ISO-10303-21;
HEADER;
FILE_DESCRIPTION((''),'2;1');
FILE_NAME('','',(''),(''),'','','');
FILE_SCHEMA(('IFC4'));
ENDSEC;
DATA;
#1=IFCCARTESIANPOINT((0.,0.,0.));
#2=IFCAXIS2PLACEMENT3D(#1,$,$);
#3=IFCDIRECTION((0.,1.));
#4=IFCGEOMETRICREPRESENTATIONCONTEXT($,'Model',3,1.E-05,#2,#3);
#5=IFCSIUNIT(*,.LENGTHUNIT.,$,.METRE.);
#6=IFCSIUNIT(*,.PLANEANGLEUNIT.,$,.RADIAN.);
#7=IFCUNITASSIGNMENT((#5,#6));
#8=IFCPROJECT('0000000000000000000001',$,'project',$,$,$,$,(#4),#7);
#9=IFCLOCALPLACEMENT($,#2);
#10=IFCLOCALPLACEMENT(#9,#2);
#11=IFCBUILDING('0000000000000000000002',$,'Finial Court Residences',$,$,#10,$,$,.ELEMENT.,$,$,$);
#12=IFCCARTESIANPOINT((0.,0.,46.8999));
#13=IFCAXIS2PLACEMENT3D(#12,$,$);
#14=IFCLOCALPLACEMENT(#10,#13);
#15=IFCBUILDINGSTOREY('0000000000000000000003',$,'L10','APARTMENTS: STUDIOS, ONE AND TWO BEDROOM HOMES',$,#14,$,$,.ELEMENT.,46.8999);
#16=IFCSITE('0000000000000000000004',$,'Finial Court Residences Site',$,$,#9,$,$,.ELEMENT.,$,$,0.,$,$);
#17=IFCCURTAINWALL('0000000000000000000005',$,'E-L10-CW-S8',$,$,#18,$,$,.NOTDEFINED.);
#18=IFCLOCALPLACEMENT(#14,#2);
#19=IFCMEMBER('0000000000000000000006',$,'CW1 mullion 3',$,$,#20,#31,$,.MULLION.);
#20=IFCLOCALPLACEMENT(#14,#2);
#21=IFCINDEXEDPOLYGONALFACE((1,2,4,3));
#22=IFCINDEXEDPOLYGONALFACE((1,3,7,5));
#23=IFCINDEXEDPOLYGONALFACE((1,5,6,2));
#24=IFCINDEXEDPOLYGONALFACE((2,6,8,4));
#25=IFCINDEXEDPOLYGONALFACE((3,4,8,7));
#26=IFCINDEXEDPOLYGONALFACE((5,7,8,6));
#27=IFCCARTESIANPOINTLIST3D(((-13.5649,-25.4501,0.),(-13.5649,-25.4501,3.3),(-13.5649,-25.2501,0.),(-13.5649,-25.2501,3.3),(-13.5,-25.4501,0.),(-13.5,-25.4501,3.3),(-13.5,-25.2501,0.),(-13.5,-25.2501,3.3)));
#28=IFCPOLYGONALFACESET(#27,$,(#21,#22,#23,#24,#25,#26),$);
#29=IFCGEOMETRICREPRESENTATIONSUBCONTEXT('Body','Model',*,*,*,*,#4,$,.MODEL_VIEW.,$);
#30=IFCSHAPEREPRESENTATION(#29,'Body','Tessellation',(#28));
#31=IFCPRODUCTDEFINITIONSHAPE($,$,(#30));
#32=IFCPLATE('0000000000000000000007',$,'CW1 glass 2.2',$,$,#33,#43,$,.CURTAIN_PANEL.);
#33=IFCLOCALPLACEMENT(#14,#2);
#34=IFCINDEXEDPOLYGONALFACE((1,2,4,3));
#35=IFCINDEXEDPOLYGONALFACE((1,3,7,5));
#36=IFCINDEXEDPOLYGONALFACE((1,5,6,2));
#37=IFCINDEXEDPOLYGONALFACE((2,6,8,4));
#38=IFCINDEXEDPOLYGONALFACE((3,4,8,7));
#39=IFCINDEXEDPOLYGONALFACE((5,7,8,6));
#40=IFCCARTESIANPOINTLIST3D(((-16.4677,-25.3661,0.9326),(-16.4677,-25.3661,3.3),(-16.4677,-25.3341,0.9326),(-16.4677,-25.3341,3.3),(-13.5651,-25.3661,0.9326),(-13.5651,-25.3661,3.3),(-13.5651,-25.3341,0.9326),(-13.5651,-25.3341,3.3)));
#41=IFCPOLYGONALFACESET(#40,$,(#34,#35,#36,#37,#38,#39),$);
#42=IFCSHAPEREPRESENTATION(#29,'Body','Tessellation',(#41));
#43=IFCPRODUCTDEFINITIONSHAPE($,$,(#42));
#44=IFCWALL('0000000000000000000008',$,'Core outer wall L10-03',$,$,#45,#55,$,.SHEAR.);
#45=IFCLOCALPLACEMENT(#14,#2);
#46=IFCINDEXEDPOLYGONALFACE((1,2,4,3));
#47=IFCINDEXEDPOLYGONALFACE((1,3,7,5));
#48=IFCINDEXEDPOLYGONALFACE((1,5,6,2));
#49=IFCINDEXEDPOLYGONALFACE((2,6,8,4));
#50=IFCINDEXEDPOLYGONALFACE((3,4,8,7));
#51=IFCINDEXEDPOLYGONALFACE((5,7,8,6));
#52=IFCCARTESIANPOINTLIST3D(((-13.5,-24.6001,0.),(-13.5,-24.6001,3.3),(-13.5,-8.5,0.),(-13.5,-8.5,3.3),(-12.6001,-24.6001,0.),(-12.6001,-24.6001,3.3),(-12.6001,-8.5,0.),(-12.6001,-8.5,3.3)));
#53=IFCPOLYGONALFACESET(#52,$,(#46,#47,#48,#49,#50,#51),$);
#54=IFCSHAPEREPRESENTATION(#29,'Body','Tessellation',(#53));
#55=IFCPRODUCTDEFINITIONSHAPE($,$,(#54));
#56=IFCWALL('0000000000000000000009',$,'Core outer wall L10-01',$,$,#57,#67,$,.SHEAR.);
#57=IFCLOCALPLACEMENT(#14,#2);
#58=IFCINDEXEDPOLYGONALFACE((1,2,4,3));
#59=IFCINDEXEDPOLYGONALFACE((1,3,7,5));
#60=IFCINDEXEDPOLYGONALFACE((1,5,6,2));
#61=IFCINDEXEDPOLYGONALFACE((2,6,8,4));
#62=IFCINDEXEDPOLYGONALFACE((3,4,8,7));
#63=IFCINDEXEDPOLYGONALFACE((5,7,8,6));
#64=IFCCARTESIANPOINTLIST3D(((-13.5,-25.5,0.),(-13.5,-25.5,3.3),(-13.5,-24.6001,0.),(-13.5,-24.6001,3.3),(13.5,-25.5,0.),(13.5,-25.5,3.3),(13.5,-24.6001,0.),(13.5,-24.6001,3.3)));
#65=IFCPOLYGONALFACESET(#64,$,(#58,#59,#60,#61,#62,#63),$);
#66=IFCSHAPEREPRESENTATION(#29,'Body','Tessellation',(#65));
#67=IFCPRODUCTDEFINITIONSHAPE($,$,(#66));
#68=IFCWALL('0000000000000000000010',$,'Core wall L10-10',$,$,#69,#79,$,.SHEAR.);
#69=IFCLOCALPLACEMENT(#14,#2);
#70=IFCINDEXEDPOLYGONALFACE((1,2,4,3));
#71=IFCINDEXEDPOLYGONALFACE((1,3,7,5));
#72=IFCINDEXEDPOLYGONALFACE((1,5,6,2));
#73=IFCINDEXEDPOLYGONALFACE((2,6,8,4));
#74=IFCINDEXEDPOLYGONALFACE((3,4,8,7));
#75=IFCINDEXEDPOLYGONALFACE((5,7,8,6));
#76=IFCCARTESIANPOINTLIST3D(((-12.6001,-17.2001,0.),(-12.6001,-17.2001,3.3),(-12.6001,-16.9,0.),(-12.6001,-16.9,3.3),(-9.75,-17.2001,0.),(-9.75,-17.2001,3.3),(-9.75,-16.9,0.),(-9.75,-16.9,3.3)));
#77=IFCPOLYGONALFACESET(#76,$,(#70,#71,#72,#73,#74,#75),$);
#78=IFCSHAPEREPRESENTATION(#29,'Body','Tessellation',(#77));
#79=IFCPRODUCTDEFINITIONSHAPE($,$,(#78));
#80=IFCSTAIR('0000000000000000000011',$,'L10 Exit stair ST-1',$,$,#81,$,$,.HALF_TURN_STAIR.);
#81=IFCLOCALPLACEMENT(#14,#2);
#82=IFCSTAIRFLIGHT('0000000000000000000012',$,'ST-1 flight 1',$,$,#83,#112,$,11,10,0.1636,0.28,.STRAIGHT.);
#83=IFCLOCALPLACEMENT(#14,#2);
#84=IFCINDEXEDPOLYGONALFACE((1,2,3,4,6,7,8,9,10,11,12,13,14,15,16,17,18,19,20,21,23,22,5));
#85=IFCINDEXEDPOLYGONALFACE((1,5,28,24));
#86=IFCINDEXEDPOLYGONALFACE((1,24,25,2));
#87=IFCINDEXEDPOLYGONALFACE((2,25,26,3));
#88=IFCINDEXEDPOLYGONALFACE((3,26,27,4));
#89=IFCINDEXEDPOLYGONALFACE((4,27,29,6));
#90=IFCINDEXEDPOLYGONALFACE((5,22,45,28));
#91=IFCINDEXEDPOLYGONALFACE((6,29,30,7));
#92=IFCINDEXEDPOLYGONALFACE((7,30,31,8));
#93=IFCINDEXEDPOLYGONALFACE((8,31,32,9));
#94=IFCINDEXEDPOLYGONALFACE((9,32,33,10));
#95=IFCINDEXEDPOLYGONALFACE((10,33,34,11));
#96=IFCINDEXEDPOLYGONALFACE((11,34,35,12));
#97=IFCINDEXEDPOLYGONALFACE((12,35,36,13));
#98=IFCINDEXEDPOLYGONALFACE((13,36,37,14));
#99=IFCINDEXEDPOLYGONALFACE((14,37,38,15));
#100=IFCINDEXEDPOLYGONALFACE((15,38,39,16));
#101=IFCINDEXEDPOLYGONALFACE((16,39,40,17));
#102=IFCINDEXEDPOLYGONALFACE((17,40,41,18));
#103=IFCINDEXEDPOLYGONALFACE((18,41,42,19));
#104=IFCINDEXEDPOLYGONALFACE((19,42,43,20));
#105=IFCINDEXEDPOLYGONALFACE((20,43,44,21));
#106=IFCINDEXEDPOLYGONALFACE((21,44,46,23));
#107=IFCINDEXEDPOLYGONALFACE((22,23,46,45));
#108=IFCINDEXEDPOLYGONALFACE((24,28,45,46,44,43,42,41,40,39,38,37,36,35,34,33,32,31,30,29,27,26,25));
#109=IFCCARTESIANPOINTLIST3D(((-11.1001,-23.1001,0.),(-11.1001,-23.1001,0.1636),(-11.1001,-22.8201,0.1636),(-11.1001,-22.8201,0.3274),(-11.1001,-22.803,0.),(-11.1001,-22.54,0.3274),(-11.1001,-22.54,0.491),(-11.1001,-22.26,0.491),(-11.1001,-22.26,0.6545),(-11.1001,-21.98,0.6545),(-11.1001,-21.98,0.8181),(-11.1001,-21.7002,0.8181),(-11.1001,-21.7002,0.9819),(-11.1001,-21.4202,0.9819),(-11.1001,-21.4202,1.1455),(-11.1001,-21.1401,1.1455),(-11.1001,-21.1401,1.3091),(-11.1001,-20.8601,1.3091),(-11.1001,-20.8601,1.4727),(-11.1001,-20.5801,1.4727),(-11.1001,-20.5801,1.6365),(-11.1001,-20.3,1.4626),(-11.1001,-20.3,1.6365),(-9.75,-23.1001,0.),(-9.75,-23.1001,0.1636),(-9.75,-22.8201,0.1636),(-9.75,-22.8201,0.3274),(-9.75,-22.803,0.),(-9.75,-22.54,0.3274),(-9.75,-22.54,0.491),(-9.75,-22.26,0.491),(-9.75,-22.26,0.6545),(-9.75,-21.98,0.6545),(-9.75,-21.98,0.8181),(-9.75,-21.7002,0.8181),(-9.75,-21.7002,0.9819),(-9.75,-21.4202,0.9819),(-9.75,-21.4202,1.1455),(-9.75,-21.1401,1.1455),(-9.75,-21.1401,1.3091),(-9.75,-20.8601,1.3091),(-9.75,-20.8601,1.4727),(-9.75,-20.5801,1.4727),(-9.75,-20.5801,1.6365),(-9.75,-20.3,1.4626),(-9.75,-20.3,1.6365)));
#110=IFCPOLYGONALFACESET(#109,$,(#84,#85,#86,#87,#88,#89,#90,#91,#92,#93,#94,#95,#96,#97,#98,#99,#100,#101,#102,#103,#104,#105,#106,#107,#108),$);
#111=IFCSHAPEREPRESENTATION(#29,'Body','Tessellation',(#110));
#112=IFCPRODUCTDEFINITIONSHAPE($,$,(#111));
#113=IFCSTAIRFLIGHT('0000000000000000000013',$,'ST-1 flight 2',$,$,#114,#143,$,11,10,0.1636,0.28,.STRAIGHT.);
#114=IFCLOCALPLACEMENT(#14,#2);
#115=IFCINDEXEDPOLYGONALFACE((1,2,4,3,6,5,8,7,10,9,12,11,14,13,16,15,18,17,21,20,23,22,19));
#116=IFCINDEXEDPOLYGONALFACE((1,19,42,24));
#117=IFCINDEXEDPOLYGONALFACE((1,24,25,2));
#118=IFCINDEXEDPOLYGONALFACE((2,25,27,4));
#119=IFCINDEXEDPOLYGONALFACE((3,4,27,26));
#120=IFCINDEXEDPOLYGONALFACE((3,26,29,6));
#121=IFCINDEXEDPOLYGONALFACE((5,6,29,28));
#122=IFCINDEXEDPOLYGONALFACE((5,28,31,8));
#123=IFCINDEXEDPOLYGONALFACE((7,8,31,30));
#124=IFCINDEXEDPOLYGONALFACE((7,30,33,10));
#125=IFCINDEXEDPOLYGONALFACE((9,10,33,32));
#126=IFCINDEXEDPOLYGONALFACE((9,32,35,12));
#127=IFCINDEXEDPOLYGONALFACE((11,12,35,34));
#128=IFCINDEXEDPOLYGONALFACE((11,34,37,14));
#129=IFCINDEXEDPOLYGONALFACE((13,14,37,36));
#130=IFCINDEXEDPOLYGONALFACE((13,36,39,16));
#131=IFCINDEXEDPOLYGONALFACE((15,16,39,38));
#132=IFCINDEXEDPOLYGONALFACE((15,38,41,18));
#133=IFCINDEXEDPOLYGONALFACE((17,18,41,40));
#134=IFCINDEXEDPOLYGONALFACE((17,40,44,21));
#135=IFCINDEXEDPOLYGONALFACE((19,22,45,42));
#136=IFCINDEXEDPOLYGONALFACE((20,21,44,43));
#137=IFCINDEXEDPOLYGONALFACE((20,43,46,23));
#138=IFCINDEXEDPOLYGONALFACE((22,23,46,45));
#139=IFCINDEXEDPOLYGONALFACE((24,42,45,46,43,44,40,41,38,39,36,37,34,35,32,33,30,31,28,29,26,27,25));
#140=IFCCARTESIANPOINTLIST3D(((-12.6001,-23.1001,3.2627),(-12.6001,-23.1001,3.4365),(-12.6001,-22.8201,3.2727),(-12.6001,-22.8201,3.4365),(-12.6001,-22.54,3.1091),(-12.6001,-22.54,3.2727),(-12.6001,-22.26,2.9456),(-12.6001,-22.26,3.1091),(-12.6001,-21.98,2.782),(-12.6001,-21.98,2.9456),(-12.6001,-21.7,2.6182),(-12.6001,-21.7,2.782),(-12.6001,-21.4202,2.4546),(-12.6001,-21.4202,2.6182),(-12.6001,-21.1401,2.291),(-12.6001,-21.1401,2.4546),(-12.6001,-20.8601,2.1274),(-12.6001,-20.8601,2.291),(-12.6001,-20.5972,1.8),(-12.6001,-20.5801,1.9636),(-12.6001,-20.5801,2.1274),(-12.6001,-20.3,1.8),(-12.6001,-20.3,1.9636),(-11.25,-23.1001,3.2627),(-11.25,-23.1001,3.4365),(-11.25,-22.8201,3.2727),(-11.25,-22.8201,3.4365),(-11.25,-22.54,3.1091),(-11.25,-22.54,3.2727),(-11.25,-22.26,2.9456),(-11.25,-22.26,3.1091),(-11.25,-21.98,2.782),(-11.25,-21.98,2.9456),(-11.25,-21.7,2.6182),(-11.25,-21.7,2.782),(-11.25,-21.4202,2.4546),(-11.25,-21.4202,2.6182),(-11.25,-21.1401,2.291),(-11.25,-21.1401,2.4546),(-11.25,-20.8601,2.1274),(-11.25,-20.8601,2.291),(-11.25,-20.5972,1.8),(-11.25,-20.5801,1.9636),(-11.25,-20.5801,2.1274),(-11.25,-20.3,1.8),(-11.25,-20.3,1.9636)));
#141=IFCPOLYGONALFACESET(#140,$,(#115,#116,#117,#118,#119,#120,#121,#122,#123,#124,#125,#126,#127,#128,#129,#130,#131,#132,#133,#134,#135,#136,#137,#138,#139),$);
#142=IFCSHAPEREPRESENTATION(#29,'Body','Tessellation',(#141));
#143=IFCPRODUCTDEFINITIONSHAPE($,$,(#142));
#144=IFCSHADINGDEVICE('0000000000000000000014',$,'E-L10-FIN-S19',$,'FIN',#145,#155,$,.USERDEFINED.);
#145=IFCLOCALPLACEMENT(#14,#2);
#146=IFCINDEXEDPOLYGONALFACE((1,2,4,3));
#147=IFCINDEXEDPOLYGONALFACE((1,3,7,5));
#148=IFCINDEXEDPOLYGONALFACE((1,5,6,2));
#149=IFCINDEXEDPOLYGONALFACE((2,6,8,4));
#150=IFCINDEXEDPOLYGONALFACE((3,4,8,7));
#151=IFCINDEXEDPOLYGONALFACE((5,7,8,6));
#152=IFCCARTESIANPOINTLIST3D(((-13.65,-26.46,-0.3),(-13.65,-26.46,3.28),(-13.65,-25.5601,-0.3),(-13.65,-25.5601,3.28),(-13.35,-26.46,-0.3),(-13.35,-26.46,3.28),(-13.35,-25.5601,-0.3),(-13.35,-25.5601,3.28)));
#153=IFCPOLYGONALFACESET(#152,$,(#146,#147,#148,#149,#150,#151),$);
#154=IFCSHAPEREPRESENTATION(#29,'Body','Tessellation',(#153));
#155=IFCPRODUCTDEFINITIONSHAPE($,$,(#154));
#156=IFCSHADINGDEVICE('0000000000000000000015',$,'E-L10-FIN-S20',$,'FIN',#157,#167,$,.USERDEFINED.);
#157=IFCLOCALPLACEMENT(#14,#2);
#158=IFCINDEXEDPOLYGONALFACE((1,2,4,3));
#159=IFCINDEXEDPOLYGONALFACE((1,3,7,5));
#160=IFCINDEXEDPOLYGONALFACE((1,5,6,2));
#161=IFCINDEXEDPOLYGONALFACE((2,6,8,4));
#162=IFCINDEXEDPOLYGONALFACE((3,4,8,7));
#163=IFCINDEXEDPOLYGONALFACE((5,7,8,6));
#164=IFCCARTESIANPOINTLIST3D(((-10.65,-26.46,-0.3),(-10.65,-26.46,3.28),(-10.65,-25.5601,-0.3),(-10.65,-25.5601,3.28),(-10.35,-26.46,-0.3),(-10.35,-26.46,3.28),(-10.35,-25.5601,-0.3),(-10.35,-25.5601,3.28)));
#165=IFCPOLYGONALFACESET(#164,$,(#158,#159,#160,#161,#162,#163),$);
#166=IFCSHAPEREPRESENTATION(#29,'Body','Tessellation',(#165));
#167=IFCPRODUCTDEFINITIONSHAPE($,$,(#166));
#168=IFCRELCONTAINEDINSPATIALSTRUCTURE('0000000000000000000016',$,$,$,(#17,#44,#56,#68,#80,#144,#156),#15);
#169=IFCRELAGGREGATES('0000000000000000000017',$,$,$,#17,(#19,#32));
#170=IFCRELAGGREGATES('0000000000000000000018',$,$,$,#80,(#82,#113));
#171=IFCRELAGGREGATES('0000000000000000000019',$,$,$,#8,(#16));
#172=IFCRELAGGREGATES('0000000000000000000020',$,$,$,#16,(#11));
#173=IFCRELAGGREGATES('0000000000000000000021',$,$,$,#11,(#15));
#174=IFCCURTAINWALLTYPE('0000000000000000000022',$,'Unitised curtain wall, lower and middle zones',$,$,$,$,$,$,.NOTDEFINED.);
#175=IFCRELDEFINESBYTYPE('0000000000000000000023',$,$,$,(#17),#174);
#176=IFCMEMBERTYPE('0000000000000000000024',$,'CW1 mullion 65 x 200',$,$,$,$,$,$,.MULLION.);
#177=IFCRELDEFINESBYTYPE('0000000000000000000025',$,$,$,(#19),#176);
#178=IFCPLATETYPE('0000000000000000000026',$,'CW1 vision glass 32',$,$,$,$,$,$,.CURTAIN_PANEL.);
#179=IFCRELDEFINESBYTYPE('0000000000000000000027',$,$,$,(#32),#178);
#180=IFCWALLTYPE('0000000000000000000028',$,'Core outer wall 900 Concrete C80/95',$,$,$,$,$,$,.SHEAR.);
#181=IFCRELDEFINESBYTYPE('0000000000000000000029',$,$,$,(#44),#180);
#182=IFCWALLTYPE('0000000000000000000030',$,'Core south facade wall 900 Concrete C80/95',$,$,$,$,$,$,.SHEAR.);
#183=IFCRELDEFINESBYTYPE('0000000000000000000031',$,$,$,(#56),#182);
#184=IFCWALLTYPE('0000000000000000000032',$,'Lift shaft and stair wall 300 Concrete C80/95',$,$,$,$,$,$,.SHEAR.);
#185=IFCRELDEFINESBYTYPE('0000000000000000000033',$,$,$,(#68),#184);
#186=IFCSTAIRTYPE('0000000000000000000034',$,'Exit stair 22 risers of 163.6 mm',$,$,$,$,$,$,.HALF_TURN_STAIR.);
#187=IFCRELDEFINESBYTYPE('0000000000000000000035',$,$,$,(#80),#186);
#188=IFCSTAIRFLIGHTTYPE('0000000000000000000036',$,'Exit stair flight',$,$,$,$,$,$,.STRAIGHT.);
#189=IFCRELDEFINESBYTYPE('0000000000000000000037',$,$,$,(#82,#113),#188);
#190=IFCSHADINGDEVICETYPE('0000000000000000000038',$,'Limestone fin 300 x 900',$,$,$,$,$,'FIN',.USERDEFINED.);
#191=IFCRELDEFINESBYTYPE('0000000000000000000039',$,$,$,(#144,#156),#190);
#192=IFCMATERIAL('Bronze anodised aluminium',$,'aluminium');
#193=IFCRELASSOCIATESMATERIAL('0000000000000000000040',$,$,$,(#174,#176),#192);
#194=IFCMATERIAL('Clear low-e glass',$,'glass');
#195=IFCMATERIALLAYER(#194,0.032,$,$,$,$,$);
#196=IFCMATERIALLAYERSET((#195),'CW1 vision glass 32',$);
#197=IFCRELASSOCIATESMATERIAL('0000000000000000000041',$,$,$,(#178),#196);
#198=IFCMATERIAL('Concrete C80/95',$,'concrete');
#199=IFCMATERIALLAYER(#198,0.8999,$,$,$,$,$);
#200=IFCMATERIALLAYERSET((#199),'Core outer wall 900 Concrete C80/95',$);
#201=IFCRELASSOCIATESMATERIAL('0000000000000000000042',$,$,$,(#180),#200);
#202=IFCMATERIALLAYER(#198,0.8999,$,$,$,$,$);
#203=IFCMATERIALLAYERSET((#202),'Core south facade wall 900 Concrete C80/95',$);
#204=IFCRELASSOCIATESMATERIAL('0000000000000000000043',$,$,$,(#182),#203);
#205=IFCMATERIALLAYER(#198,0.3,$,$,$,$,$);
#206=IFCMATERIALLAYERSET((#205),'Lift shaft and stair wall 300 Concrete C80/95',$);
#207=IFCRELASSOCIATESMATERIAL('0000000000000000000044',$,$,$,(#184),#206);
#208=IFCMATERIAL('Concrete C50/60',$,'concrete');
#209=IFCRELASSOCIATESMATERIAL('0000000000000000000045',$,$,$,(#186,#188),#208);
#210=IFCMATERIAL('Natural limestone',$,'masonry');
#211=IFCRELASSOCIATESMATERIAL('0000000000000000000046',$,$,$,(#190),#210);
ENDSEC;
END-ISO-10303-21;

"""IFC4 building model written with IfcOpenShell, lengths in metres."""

from ifc_helpers import new_model, si_unit, direction, frame, frame_2d, origin, origin_2d, place, context, subcontext, project, spatial, polyline, rectangle, outline, extrude, material, layer, layer_set, material_profile, profile_set, type_object, element, aggregate, save


model = new_model("IFC4")

# Units and contexts
model_context = context("Model", 3, precision=1e-05, world=origin(), true_north=direction((0.0, 1.0)))
body_context = subcontext(model_context, "Body", "Model", "MODEL_VIEW")
ifc_project = project(units=[si_unit("LENGTHUNIT", "METRE"), si_unit("PLANEANGLEUNIT", "RADIAN")], contexts=[model_context])

# Site, building, storey
site_placement = place(None, origin())
site = spatial("IfcSite", under=ifc_project, at=site_placement, Name="Finial Court Residences Site", CompositionType="ELEMENT", RefElevation=0.0)
building_placement = place(site_placement, origin())
building = spatial("IfcBuilding", under=site, at=building_placement, Name="Finial Court Residences", CompositionType="ELEMENT")
storey_placement = place(building_placement, frame((0.0, 0.0, 46.8999)))
storey = spatial("IfcBuildingStorey", under=building, at=storey_placement, Name="L10", Description="APARTMENTS: STUDIOS, ONE AND TWO BEDROOM HOMES", CompositionType="ELEMENT", Elevation=46.8999)

# Curtain wall, member, plate
ifc_material_1 = material(Name="Bronze anodised aluminium", Category="aluminium")
curtain_wall_type = type_object("IfcCurtainWallType", Name="Unitised curtain wall, lower and middle zones", PredefinedType="NOTDEFINED", material=ifc_material_1)
curtain_wall_placement = place(storey_placement, origin())
curtain_wall = element("IfcCurtainWall", 1, at=curtain_wall_placement, inside=storey, type_object=curtain_wall_type, Name="E-L10-CW-S8", PredefinedType="NOTDEFINED")
ifc_material_profile = material_profile(ifc_material_1, rectangle(XDim=0.2, YDim=0.0649, at=origin_2d()), Name="CW1 mullion 65 x 200")
ifc_profile_set = profile_set([ifc_material_profile], Name="Bronze anodised aluminium")
member_type = type_object("IfcMemberType", Name="CW1 mullion 65 x 200", PredefinedType="MULLION", material=ifc_profile_set)
member_placement = place(storey_placement, frame((-13.5325, -25.3501, 0.0), z_axis=(0.0, 0.0, 1.0), x_axis=(0.0, 1.0, 0.0)))
member = element("IfcMember", 2, at=member_placement, type_object=member_type, Name="CW1 mullion 3", PredefinedType="MULLION", context=body_context, shape_type="SweptSolid", body=[
    extrude(rectangle(XDim=0.2, YDim=0.0649, at=origin_2d()), origin(), (0.0, 0.0, 1.0), 3.3),
])
ifc_material_2 = material(Name="Clear low-e glass", Category="glass")
ifc_layer_1 = layer(ifc_material_2, 0.032)
ifc_layer_set_1 = layer_set([ifc_layer_1], Name="CW1 vision glass 32")
plate_type = type_object("IfcPlateType", Name="CW1 vision glass 32", PredefinedType="CURTAIN_PANEL", material=ifc_layer_set_1)
plate_placement = place(storey_placement, frame((-15.0164, -25.3501, 0.9326), z_axis=(0.0, 0.0, 1.0), x_axis=(1.0, 0.0, 0.0)))
plate = element("IfcPlate", 3, at=plate_placement, type_object=plate_type, Name="CW1 glass 2.2", PredefinedType="CURTAIN_PANEL", context=body_context, shape_type="SweptSolid", body=[
    extrude(rectangle(XDim=2.9026, YDim=0.032, at=origin_2d()), origin(), (0.0, 0.0, 1.0), 2.3674),
])
aggregate(curtain_wall, [member, plate])

# Walls
ifc_material_3 = material(Name="Concrete C80/95", Category="concrete")
ifc_layer_2 = layer(ifc_material_3, 0.8999)
ifc_layer_set_2 = layer_set([ifc_layer_2], Name="Core outer wall 900 Concrete C80/95")
wall_type_1 = type_object("IfcWallType", Name="Core outer wall 900 Concrete C80/95", PredefinedType="SHEAR", material=ifc_layer_set_2)
wall_1_placement = place(storey_placement, frame((-13.05, -24.6001, 0.0), z_axis=(0.0, 0.0, 1.0), x_axis=(0.0, 1.0, 0.0)))
element("IfcWall", 4, at=wall_1_placement, inside=storey, type_object=wall_type_1, Name="Core outer wall L10-03", PredefinedType="SHEAR", context=body_context, shape_type="SweptSolid", body=[
    extrude(rectangle(XDim=16.1001, YDim=0.8999, at=frame_2d((8.05, 0.0))), origin(), (0.0, 0.0, 1.0), 3.3),
])
ifc_layer_3 = layer(ifc_material_3, 0.8999)
ifc_layer_set_3 = layer_set([ifc_layer_3], Name="Core south facade wall 900 Concrete C80/95")
wall_type_2 = type_object("IfcWallType", Name="Core south facade wall 900 Concrete C80/95", PredefinedType="SHEAR", material=ifc_layer_set_3)
wall_2_placement = place(storey_placement, frame((-13.5, -25.05, 0.0), z_axis=(0.0, 0.0, 1.0), x_axis=(1.0, 0.0, 0.0)))
element("IfcWall", 5, at=wall_2_placement, inside=storey, type_object=wall_type_2, Name="Core outer wall L10-01", PredefinedType="SHEAR", context=body_context, shape_type="SweptSolid", body=[
    extrude(rectangle(XDim=27.0, YDim=0.8999, at=frame_2d((13.5, 0.0))), origin(), (0.0, 0.0, 1.0), 3.3),
])
ifc_layer_4 = layer(ifc_material_3, 0.3)
ifc_layer_set_4 = layer_set([ifc_layer_4], Name="Lift shaft and stair wall 300 Concrete C80/95")
wall_type_3 = type_object("IfcWallType", Name="Lift shaft and stair wall 300 Concrete C80/95", PredefinedType="SHEAR", material=ifc_layer_set_4)
wall_3_placement = place(storey_placement, frame((-12.6001, -17.05, 0.0), z_axis=(0.0, 0.0, 1.0), x_axis=(1.0, 0.0, 0.0)))
element("IfcWall", 6, at=wall_3_placement, inside=storey, type_object=wall_type_3, Name="Core wall L10-10", PredefinedType="SHEAR", context=body_context, shape_type="SweptSolid", body=[
    extrude(rectangle(XDim=2.8501, YDim=0.3, at=frame_2d((1.425, 0.0))), origin(), (0.0, 0.0, 1.0), 3.3),
])

# Stair, stair flights
ifc_material_4 = material(Name="Concrete C50/60", Category="concrete")
stair_type = type_object("IfcStairType", Name="Exit stair 22 risers of 163.6 mm", PredefinedType="HALF_TURN_STAIR", material=ifc_material_4)
stair_placement = place(storey_placement, origin())
stair = element("IfcStair", 7, at=stair_placement, inside=storey, type_object=stair_type, Name="L10 Exit stair ST-1", PredefinedType="HALF_TURN_STAIR")
stair_flight_type = type_object("IfcStairFlightType", Name="Exit stair flight", PredefinedType="STRAIGHT", material=ifc_material_4)
stair_flight_1_placement = place(storey_placement, frame((-10.425, -23.1001, 0.0), z_axis=(0.0, 0.0, 1.0), x_axis=(0.0, 1.0, 0.0)))
stair_flight_1 = element("IfcStairFlight", 8, at=stair_flight_1_placement, type_object=stair_flight_type, Name="ST-1 flight 1", NumberOfRisers=11, NumberOfTreads=10, PredefinedType="STRAIGHT", RiserHeight=0.1636, TreadLength=0.28, context=body_context, shape_type="SweptSolid", body=[
    extrude(outline(polyline([(0.0, 0.0), (0.0, 0.1636), (0.28, 0.1636), (0.28, 0.3274), (0.5601, 0.3274), (0.5601, 0.491), (0.8401, 0.491), (0.8401, 0.6545), (1.1201, 0.6545), (1.1201, 0.8181), (1.3999, 0.8181), (1.3999, 0.9819), (1.6799, 0.9819), (1.6799, 1.1455), (1.96, 1.1455), (1.96, 1.3091), (2.24, 1.3091), (2.24, 1.4727), (2.52, 1.4727), (2.52, 1.6365), (2.8, 1.6365), (2.8, 1.8), (2.8, 1.4626), (0.2971, 0.0), (0.0, 0.0)])), frame((0.0, 0.675, 0.0), z_axis=(0.0, -1.0, 0.0), x_axis=(1.0, 0.0, 0.0)), (0.0, 0.0, 1.0), 1.3501),
])
stair_flight_2_placement = place(storey_placement, frame((-11.925, -20.3, 1.8), z_axis=(0.0, 0.0, 1.0), x_axis=(0.0, -1.0, 0.0)))
stair_flight_2 = element("IfcStairFlight", 9, at=stair_flight_2_placement, type_object=stair_flight_type, Name="ST-1 flight 2", NumberOfRisers=11, NumberOfTreads=10, PredefinedType="STRAIGHT", RiserHeight=0.1636, TreadLength=0.28, context=body_context, shape_type="SweptSolid", body=[
    extrude(outline(polyline([(0.0, 0.0), (0.0, 0.1636), (0.28, 0.1636), (0.28, 0.3274), (0.5601, 0.3274), (0.5601, 0.491), (0.8401, 0.491), (0.8401, 0.6545), (1.1201, 0.6545), (1.1201, 0.8181), (1.3999, 0.8181), (1.3999, 0.9819), (1.6799, 0.9819), (1.6799, 1.1455), (1.96, 1.1455), (1.96, 1.3091), (2.24, 1.3091), (2.24, 1.4727), (2.52, 1.4727), (2.52, 1.6365), (2.8, 1.6365), (2.8, 1.8), (2.8, 1.4626), (0.2971, 0.0), (0.0, 0.0)])), frame((0.0, 0.675, 0.0), z_axis=(0.0, -1.0, 0.0), x_axis=(1.0, 0.0, 0.0)), (0.0, 0.0, 1.0), 1.3501),
])
aggregate(stair, [stair_flight_1, stair_flight_2])

# Shading devices
ifc_material_5 = material(Name="Natural limestone", Category="masonry")
shading_device_type = type_object("IfcShadingDeviceType", Name="Limestone fin 300 x 900", ElementType="FIN", PredefinedType="USERDEFINED", material=ifc_material_5)
for number, where, z_axis, x_axis, name in (
    (10, (-13.5, -26.01, -0.3), (0.0, 0.0, 1.0), (1.0, 0.0, 0.0), "E-L10-FIN-S19"),
    (11, (-10.5, -26.01, -0.3), (0.0, 0.0, 1.0), (1.0, 0.0, 0.0), "E-L10-FIN-S20"),
):
    element("IfcShadingDevice", number, at=place(storey_placement, frame(where, z_axis=z_axis, x_axis=x_axis)), inside=storey, type_object=shading_device_type, Name=name, ObjectType="FIN", PredefinedType="USERDEFINED", context=body_context, shape_type="SweptSolid", body=[
        extrude(rectangle(XDim=0.3, YDim=0.8999, at=origin_2d()), origin(), (0.0, 0.0, 1.0), 3.5801),
    ])

save(model, "model.ifc")
